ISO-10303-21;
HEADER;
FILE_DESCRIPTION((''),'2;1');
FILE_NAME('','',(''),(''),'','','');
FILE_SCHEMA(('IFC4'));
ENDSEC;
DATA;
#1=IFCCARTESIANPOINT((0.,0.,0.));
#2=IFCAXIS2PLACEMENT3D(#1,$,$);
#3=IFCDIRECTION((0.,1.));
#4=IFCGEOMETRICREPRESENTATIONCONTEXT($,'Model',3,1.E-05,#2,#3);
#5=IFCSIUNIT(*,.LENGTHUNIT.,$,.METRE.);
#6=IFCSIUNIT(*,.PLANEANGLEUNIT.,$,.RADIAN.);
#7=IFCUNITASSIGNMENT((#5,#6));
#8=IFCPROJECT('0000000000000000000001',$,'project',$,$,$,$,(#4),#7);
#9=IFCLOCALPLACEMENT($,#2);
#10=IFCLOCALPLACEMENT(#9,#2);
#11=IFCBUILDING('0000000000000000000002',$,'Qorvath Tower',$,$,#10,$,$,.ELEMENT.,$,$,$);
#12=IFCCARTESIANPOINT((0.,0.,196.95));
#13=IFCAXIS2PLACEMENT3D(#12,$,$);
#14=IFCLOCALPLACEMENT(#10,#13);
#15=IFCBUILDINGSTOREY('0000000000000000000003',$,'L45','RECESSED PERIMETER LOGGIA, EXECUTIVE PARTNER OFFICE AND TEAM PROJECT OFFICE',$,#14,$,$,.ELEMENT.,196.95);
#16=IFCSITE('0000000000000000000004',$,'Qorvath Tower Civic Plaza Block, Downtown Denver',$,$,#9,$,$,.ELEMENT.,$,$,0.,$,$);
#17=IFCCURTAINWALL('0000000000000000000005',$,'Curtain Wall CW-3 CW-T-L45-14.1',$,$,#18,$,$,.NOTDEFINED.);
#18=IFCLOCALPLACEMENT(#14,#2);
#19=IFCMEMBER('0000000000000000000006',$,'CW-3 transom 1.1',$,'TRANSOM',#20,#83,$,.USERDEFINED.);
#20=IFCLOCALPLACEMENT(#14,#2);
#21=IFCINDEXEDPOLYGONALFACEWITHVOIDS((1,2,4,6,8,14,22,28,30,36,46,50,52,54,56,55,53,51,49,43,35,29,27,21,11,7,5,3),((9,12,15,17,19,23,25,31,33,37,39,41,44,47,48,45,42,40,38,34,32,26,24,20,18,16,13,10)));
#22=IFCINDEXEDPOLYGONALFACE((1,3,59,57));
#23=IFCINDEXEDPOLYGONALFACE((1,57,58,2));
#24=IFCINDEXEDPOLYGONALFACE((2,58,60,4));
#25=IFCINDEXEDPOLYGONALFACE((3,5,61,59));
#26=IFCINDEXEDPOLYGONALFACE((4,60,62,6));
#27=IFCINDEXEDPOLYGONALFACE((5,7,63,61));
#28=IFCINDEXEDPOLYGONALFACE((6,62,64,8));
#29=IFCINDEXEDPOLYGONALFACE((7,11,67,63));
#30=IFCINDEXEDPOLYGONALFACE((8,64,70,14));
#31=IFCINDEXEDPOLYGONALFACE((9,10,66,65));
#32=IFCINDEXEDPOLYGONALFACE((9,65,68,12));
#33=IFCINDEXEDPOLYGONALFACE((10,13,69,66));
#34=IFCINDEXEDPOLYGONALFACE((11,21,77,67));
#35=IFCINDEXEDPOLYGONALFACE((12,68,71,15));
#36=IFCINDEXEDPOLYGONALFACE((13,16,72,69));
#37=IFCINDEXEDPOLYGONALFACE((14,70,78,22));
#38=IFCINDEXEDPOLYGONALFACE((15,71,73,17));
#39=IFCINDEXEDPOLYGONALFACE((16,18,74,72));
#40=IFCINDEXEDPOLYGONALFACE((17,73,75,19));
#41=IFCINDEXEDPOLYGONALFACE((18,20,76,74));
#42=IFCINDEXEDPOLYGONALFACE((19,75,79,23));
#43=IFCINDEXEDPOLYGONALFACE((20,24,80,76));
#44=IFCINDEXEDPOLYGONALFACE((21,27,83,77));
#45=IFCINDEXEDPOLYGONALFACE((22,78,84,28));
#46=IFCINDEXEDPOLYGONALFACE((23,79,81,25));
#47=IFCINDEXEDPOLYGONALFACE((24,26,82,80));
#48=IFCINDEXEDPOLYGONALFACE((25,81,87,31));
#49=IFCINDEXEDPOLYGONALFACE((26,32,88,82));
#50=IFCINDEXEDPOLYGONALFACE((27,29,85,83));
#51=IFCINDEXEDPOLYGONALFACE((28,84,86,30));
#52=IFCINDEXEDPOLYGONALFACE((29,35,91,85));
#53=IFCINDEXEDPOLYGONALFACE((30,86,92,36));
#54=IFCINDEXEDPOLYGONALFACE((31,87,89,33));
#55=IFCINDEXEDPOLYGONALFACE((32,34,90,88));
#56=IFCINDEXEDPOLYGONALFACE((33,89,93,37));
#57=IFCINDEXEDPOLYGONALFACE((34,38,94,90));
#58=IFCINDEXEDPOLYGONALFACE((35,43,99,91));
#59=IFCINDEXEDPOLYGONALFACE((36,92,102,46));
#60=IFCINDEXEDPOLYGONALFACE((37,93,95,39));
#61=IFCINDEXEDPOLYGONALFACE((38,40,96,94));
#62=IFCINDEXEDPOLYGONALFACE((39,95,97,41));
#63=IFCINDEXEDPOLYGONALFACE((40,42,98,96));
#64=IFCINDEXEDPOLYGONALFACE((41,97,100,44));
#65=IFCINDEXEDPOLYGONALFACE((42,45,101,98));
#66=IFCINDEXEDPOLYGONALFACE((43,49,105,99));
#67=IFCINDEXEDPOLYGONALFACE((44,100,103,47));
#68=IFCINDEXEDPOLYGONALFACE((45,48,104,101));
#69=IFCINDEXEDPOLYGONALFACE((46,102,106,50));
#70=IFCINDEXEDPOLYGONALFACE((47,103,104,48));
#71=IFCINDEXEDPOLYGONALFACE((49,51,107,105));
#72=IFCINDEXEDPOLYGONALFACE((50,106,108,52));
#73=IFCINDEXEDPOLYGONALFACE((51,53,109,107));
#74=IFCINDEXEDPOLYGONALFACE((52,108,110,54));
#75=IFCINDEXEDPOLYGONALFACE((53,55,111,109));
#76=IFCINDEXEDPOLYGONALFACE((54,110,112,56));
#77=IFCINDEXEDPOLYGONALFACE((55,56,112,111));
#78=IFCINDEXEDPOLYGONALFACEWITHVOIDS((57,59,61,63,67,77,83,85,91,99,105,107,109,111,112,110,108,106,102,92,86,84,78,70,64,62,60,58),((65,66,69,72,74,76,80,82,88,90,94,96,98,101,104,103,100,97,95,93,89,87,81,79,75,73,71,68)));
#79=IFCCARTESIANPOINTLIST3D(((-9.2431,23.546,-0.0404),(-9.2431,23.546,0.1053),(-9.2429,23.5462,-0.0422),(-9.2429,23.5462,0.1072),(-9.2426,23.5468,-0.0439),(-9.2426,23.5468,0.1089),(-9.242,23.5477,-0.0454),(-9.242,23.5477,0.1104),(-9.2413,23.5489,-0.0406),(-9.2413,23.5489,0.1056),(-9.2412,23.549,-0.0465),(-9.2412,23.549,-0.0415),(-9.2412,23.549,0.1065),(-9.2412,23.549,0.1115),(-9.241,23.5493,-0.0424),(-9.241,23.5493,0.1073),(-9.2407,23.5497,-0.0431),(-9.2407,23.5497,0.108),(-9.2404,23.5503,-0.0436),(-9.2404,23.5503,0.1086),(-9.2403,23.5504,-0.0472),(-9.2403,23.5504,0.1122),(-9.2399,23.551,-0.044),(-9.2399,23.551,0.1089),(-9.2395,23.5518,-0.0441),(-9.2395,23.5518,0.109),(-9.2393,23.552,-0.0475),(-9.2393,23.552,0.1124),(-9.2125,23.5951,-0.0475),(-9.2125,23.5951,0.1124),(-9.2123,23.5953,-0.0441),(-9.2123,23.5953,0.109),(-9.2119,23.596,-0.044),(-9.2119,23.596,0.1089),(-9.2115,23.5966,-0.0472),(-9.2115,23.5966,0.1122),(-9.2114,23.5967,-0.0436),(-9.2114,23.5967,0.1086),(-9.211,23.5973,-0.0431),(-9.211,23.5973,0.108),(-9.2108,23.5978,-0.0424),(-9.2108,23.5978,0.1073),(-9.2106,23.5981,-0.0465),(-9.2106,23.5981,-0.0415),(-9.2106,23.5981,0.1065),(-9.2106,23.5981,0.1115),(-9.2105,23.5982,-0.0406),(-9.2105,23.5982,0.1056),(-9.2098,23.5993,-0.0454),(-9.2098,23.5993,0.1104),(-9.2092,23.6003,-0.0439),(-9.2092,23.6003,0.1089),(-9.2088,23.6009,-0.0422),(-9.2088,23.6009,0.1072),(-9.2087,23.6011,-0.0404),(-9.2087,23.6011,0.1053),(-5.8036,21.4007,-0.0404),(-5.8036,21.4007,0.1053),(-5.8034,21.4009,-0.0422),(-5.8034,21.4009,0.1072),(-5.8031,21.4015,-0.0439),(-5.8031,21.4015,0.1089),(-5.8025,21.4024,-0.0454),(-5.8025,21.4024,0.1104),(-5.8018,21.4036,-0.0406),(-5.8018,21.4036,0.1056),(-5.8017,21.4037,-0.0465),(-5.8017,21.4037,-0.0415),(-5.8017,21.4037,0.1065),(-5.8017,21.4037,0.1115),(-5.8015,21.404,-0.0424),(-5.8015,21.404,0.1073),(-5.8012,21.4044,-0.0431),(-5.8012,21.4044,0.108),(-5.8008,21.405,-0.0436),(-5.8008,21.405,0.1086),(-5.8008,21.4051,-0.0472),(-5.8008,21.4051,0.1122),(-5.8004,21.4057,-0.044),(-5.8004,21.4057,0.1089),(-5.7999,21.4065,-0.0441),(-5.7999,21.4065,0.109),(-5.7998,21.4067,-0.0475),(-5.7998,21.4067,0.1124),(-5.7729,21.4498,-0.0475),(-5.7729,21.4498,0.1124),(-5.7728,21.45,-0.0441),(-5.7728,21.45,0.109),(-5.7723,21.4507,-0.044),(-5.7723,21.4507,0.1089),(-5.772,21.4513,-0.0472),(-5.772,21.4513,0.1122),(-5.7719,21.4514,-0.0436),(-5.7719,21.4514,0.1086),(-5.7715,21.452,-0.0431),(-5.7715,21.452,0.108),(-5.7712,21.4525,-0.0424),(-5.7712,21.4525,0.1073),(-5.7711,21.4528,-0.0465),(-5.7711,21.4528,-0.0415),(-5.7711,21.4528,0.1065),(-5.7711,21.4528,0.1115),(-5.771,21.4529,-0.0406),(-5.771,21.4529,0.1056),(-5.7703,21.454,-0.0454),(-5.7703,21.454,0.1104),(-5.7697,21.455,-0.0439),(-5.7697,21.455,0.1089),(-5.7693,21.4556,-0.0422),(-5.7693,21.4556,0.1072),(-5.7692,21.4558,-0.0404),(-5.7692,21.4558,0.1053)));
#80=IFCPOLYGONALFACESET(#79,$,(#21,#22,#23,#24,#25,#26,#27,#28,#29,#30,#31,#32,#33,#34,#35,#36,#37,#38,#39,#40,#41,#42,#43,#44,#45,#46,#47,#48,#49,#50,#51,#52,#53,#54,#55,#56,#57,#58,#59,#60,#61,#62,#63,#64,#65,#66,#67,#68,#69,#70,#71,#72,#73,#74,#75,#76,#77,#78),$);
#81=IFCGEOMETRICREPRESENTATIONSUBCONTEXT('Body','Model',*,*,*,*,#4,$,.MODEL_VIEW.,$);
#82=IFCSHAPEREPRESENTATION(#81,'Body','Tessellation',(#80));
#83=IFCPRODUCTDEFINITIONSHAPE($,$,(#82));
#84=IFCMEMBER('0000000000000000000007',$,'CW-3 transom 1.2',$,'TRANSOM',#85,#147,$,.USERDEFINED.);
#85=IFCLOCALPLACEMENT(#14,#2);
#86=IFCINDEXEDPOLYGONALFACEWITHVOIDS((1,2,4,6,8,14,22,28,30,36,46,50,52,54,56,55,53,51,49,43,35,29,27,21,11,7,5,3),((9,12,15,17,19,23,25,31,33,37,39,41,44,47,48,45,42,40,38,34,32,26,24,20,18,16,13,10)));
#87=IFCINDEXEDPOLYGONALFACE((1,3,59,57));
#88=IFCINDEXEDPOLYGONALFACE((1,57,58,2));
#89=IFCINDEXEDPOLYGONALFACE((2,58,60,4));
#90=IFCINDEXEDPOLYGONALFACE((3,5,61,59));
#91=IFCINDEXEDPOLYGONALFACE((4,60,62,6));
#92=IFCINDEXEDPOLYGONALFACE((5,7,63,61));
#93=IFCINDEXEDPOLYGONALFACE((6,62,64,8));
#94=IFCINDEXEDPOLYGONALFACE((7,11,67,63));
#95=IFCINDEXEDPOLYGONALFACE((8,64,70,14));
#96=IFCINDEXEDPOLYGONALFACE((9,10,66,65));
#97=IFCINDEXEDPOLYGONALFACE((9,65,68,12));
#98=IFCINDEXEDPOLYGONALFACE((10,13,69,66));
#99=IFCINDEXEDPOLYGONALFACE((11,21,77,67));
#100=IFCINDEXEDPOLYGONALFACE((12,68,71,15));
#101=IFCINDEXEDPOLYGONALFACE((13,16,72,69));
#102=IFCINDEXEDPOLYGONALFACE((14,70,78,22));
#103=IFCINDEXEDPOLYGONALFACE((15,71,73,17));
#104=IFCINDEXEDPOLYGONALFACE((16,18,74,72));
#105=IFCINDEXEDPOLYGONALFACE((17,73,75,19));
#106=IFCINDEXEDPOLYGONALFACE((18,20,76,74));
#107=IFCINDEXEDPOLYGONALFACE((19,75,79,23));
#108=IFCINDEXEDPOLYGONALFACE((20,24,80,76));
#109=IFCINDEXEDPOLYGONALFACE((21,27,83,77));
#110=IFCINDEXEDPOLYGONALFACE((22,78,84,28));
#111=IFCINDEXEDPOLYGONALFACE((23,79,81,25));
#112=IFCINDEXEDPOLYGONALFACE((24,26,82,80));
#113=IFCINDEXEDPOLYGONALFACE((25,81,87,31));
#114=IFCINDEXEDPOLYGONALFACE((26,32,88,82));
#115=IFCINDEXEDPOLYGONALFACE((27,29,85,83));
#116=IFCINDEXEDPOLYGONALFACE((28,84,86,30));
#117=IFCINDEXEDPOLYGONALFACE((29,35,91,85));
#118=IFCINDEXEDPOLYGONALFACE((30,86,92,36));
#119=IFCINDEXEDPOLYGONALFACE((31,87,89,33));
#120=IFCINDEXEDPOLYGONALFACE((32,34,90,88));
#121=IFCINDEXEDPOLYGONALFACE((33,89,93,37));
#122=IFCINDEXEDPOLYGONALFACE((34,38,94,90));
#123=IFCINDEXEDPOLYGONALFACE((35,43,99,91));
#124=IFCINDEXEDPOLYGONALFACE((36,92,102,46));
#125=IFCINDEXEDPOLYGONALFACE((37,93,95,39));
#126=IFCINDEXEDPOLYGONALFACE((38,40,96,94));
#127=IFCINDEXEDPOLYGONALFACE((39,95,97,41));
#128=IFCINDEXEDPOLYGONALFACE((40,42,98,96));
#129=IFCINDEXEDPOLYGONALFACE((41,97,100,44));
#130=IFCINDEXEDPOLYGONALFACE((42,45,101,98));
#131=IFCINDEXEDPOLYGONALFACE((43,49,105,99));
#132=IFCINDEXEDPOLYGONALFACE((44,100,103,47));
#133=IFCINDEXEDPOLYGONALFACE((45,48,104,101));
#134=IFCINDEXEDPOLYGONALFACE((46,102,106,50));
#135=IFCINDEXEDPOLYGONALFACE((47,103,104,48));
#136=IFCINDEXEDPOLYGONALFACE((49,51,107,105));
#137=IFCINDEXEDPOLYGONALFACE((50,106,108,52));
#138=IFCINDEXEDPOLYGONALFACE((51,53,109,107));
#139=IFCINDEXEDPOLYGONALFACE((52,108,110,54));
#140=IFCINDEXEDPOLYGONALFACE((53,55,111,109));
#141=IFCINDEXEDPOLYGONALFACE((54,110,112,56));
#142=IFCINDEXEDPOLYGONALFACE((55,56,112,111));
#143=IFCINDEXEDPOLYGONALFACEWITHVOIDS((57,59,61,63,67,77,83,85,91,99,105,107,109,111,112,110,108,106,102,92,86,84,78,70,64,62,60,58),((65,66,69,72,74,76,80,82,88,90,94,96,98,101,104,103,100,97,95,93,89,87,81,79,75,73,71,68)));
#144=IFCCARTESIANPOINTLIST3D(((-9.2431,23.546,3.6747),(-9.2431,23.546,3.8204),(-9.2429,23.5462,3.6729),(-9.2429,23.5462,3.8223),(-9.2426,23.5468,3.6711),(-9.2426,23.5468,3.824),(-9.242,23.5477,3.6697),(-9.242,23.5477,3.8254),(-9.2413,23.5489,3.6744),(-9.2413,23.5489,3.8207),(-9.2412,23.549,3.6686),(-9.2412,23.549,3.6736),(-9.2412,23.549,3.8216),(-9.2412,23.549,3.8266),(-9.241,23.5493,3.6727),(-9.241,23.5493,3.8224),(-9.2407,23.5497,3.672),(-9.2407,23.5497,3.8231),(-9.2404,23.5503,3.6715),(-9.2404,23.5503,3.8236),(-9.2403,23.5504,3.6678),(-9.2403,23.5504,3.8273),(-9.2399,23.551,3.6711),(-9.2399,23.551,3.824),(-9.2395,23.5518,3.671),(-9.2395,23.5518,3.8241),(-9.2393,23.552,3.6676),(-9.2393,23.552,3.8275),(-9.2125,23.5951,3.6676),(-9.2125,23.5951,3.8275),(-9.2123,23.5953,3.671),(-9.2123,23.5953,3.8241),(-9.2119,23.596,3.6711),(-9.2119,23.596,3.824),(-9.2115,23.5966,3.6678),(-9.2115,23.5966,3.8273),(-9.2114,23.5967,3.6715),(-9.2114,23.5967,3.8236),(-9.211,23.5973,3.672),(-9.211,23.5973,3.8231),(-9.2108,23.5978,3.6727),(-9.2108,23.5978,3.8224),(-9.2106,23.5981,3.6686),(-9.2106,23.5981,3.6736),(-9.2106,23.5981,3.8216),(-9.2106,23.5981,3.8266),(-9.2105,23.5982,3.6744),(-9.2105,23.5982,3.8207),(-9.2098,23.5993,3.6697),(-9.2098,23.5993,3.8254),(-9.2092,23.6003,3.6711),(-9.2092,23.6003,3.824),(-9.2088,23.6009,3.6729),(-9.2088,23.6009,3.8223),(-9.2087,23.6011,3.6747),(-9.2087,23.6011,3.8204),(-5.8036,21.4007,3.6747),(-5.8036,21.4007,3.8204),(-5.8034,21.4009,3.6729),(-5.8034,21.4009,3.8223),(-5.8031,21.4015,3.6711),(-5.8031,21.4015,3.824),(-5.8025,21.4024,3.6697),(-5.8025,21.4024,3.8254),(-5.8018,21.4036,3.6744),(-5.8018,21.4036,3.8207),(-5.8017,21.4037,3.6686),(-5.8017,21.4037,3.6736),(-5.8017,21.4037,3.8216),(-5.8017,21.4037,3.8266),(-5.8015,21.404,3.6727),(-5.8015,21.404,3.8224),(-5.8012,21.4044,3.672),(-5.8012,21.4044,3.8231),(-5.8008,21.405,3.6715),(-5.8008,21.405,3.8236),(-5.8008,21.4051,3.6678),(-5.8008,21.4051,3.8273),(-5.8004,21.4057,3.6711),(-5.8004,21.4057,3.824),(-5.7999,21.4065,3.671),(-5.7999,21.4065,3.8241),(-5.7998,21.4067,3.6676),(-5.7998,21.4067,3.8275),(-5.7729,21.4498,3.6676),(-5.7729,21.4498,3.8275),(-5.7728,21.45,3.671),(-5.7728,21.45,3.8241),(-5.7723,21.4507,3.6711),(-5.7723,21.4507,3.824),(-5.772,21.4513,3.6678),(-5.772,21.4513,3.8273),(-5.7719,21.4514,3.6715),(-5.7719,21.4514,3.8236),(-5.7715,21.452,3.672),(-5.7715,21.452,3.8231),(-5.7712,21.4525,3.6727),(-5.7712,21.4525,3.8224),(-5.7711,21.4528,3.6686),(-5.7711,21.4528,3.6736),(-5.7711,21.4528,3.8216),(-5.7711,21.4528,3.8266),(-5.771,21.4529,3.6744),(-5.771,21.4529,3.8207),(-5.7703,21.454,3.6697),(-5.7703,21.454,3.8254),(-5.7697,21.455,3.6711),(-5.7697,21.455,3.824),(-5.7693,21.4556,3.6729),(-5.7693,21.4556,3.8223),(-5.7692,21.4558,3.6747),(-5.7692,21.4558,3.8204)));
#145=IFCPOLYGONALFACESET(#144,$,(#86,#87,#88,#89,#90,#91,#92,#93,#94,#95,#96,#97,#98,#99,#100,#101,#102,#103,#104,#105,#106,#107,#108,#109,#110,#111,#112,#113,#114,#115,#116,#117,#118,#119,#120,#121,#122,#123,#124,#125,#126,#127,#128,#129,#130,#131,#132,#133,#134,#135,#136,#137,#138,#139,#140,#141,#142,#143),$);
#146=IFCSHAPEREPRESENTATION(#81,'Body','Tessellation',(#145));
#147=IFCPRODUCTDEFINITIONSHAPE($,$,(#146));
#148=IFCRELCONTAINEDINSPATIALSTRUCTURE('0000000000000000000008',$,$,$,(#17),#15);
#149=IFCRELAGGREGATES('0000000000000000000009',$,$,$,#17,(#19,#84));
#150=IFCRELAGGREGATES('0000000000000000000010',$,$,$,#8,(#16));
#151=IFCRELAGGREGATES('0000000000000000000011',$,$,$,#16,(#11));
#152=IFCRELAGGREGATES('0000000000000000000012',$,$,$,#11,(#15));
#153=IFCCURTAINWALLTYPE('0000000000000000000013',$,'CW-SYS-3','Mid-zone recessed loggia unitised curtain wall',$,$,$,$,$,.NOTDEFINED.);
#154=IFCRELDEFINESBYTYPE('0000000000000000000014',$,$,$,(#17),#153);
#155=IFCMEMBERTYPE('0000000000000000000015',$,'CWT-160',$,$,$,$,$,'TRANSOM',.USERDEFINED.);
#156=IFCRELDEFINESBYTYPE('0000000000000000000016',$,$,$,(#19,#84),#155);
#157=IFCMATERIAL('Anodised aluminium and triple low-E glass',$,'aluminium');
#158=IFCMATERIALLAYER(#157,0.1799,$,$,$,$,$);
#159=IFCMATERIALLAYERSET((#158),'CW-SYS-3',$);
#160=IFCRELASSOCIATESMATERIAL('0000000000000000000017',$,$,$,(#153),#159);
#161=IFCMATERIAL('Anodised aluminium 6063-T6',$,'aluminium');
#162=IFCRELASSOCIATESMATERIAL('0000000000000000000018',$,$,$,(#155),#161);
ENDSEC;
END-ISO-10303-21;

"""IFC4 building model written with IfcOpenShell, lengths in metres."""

from ifc_helpers import new_model, si_unit, direction, frame, origin, origin_2d, place, context, subcontext, project, spatial, hollow_rectangle, extrude, material, layer, layer_set, material_profile, profile_set, type_object, element, aggregate, save


model = new_model("IFC4")

# Units and contexts
model_context = context("Model", 3, precision=1e-05, world=origin(), true_north=direction((0.0, 1.0)))
body_context = subcontext(model_context, "Body", "Model", "MODEL_VIEW")
ifc_project = project(units=[si_unit("LENGTHUNIT", "METRE"), si_unit("PLANEANGLEUNIT", "RADIAN")], contexts=[model_context])

# Site, building, storey
site_placement = place(None, origin())
site = spatial("IfcSite", under=ifc_project, at=site_placement, Name="Qorvath Tower Civic Plaza Block, Downtown Denver", CompositionType="ELEMENT", RefElevation=0.0)
building_placement = place(site_placement, origin())
building = spatial("IfcBuilding", under=site, at=building_placement, Name="Qorvath Tower", CompositionType="ELEMENT")
storey_placement = place(building_placement, frame((0.0, 0.0, 196.95)))
storey = spatial("IfcBuildingStorey", under=building, at=storey_placement, Name="L45", Description="RECESSED PERIMETER LOGGIA, EXECUTIVE PARTNER OFFICE AND TEAM PROJECT OFFICE", CompositionType="ELEMENT", Elevation=196.95)

# Shared definitions
ifc_material_1 = material(Name="Anodised aluminium and triple low-E glass", Category="aluminium")
ifc_layer_1 = layer(ifc_material_1, 0.1799)
ifc_layer_set_1 = layer_set([ifc_layer_1], Name="CW-SYS-3")
curtain_wall_type = type_object("IfcCurtainWallType", Name="CW-SYS-3", Description="Mid-zone recessed loggia unitised curtain wall", PredefinedType="NOTDEFINED", material=ifc_layer_set_1)

# Curtain wall
curtain_wall_1_placement = place(storey_placement, origin())
curtain_wall_1 = element("IfcCurtainWall", 1, at=curtain_wall_1_placement, inside=storey, type_object=curtain_wall_type, Name="Curtain Wall CW-3 CW-T-L45-14.1", PredefinedType="NOTDEFINED")

# Members
ifc_material_2 = material(Name="Anodised aluminium 6063-T6", Category="aluminium")
ifc_material_profile_1 = material_profile(ifc_material_2, hollow_rectangle(XDim=0.0649, YDim=0.1599, WallThickness=0.0034, InnerFilletRadius=0.0034, OuterFilletRadius=0.0071, at=origin_2d()), Name="CWT 160x65")
ifc_profile_set_1 = profile_set([ifc_material_profile_1], Name="Anodised aluminium 6063-T6")
member_type_1 = type_object("IfcMemberType", Name="CWT-160", ElementType="TRANSOM", PredefinedType="USERDEFINED", material=ifc_profile_set_1)
member_1_placement = place(storey_placement, frame((-5.7864, 21.4282, 0.0325), z_axis=(-0.848485, 0.529219, 0.0), x_axis=(-0.529219, -0.848485, 0.0)))
member_1 = element("IfcMember", 2, at=member_1_placement, type_object=member_type_1, Name="CW-3 transom 1.1", ObjectType="TRANSOM", PredefinedType="USERDEFINED", context=body_context, shape_type="SweptSolid", body=[
    extrude(hollow_rectangle(XDim=0.0649, YDim=0.1599, WallThickness=0.0034, InnerFilletRadius=0.0034, OuterFilletRadius=0.0071, at=origin_2d()), origin(), (0.0, 0.0, 1.0), 4.0537),
])
member_2_placement = place(storey_placement, frame((-5.7864, 21.4282, 3.7476), z_axis=(-0.848485, 0.529219, 0.0), x_axis=(-0.529219, -0.848485, 0.0)))
member_2 = element("IfcMember", 3, at=member_2_placement, type_object=member_type_1, Name="CW-3 transom 1.2", ObjectType="TRANSOM", PredefinedType="USERDEFINED", context=body_context, shape_type="SweptSolid", body=[
    extrude(hollow_rectangle(XDim=0.0649, YDim=0.1599, WallThickness=0.0034, InnerFilletRadius=0.0034, OuterFilletRadius=0.0071, at=origin_2d()), origin(), (0.0, 0.0, 1.0), 4.0537),
])

aggregate(curtain_wall_1, [member_1, member_2])

save(model, "model.ifc")
